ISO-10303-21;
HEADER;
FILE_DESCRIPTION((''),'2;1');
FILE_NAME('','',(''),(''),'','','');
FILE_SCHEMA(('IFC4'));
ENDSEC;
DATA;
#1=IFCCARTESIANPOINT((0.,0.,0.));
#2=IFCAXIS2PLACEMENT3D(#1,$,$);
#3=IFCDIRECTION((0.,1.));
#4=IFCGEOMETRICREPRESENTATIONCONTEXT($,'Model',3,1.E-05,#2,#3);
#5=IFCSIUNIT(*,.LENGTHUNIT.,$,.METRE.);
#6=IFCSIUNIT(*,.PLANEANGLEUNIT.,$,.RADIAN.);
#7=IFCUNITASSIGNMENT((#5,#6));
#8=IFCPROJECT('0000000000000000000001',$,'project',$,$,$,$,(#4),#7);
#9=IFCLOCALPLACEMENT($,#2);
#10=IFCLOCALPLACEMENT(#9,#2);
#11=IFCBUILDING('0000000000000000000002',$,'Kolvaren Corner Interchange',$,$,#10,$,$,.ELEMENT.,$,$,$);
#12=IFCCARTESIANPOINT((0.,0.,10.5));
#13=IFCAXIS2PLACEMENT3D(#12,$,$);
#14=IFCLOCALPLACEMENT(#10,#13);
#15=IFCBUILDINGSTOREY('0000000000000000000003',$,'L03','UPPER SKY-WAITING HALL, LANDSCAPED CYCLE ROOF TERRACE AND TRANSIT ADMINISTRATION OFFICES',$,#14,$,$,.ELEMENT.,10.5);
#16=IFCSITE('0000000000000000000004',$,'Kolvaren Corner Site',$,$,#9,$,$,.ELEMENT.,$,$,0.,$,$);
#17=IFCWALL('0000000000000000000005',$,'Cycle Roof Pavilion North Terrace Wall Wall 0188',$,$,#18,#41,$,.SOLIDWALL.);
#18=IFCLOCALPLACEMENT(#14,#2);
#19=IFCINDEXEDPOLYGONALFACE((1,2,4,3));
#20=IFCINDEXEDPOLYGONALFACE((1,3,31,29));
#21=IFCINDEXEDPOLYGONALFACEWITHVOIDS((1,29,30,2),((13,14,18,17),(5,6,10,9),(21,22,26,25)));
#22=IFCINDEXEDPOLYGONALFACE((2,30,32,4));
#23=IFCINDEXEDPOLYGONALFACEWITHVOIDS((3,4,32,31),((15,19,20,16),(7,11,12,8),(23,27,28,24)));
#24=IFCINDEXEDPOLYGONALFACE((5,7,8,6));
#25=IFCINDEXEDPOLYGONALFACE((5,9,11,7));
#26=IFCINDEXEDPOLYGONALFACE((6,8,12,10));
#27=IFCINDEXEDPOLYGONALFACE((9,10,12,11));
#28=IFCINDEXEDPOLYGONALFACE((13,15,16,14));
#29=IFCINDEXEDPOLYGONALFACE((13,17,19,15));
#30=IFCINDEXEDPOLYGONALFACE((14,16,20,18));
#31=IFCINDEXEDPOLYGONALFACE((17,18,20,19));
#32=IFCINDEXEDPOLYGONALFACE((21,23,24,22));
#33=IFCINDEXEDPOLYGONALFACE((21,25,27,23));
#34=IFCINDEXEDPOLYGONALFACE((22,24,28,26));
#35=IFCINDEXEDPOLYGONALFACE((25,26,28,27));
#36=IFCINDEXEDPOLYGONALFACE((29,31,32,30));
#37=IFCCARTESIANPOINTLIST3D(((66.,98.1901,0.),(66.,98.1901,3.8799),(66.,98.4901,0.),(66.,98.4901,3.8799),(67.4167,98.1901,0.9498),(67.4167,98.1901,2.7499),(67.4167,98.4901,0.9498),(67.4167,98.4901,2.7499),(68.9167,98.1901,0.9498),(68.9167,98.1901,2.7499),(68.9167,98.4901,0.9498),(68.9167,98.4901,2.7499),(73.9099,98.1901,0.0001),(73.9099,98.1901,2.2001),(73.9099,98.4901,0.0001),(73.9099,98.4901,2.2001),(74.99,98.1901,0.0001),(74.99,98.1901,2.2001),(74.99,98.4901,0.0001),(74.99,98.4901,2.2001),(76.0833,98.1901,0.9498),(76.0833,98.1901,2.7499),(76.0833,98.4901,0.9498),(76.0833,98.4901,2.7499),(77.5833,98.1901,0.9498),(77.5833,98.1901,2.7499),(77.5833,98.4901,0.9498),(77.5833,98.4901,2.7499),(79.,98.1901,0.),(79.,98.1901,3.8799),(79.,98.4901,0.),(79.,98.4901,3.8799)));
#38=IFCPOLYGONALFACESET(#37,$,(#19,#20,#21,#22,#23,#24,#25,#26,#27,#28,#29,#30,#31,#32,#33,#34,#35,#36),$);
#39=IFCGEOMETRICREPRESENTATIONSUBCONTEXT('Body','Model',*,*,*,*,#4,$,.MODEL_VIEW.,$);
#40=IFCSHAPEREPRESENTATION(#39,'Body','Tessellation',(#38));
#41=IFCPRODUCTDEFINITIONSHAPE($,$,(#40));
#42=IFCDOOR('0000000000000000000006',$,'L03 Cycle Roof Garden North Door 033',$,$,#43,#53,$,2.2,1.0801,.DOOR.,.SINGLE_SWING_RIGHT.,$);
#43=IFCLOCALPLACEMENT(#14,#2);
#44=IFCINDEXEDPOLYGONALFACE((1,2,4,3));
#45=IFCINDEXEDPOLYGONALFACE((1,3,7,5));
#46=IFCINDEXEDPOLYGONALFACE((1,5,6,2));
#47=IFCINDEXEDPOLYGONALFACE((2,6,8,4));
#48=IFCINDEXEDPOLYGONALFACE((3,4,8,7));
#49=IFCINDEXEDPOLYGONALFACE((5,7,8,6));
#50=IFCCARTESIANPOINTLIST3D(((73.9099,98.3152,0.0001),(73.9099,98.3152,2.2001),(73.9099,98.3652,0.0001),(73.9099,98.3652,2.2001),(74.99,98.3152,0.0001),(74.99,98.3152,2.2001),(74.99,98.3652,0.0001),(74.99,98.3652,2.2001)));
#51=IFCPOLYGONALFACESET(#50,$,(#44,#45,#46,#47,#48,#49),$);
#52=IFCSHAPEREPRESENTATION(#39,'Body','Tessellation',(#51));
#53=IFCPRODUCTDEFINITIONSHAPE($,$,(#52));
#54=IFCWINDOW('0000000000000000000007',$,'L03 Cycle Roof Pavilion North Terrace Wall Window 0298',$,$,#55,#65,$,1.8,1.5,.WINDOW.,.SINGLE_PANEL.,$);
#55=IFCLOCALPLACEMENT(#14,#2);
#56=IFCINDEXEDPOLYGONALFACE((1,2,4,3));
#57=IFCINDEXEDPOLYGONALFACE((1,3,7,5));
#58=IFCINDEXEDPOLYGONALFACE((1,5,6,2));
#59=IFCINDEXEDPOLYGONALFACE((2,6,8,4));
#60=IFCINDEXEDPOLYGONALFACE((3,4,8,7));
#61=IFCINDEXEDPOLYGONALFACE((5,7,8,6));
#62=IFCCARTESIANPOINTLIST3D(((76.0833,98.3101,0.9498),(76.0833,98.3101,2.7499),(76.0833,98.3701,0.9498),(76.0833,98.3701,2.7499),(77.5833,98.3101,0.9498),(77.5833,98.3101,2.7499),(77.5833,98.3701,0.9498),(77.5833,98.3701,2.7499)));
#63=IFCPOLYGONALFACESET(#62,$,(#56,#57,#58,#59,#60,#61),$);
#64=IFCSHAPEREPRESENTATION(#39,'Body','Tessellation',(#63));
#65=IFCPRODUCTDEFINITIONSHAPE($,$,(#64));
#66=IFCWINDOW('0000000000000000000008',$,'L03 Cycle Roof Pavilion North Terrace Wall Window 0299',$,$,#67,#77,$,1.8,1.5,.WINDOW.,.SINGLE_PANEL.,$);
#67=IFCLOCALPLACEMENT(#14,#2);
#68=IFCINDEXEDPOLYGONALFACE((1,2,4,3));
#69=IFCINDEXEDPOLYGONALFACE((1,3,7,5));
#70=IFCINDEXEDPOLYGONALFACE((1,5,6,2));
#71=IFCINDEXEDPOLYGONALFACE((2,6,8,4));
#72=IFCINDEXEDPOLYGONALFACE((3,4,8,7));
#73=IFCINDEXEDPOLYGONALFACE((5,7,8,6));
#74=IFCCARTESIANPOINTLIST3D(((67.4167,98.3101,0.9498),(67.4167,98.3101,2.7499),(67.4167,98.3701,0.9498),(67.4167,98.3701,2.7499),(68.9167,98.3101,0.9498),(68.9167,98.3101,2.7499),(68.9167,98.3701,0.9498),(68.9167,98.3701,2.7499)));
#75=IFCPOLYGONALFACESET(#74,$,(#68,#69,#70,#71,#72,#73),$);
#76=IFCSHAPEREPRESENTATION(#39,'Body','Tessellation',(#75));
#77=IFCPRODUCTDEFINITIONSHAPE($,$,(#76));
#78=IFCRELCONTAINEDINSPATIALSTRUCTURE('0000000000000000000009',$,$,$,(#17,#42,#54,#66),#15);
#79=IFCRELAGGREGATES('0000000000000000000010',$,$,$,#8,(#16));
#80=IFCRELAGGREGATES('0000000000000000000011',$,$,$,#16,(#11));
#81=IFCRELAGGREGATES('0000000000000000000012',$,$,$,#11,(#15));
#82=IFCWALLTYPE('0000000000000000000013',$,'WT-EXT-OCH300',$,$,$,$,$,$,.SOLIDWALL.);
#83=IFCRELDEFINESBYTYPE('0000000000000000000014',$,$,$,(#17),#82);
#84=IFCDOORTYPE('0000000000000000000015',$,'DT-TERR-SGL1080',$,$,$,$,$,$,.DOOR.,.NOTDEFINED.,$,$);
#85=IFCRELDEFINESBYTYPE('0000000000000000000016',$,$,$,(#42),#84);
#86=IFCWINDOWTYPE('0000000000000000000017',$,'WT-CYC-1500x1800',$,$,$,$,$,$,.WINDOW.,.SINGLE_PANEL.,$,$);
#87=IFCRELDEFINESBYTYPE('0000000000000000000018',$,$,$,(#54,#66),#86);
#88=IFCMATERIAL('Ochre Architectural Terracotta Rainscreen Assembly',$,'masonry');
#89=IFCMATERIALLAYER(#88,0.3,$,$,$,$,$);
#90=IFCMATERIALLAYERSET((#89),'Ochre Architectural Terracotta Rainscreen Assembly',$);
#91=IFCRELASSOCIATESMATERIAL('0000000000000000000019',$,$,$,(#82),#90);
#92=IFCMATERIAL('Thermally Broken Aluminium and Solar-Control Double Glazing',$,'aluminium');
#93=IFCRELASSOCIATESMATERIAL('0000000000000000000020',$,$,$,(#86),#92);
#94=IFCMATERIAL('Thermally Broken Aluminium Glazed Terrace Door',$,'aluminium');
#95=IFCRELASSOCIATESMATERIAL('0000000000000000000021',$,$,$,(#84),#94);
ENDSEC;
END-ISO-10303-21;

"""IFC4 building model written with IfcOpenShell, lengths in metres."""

from ifc_helpers import new_model, si_unit, direction, frame, frame_2d, origin, place, context, subcontext, project, spatial, rectangle, extrude, material, layer, layer_set, type_object, element, fill, save


model = new_model("IFC4")

# Units and contexts
model_context = context("Model", 3, precision=1e-05, world=origin(), true_north=direction((0.0, 1.0)))
body_context = subcontext(model_context, "Body", "Model", "MODEL_VIEW")
ifc_project = project(units=[si_unit("LENGTHUNIT", "METRE"), si_unit("PLANEANGLEUNIT", "RADIAN")], contexts=[model_context])

# Site, building, storey
site_placement = place(None, origin())
site = spatial("IfcSite", under=ifc_project, at=site_placement, Name="Kolvaren Corner Site", CompositionType="ELEMENT", RefElevation=0.0)
building_placement = place(site_placement, origin())
building = spatial("IfcBuilding", under=site, at=building_placement, Name="Kolvaren Corner Interchange", CompositionType="ELEMENT")
storey_placement = place(building_placement, frame((0.0, 0.0, 10.5)))
storey = spatial("IfcBuildingStorey", under=building, at=storey_placement, Name="L03", Description="UPPER SKY-WAITING HALL, LANDSCAPED CYCLE ROOF TERRACE AND TRANSIT ADMINISTRATION OFFICES", CompositionType="ELEMENT", Elevation=10.5)

# Wall, openings, door, windows
ifc_material_1 = material(Name="Ochre Architectural Terracotta Rainscreen Assembly", Category="masonry")
ifc_layer = layer(ifc_material_1, 0.3)
ifc_layer_set = layer_set([ifc_layer], Name="Ochre Architectural Terracotta Rainscreen Assembly")
wall_type = type_object("IfcWallType", Name="WT-EXT-OCH300", PredefinedType="SOLIDWALL", material=ifc_layer_set)
ifc_material_2 = material(Name="Thermally Broken Aluminium and Solar-Control Double Glazing", Category="aluminium")
window_type = type_object("IfcWindowType", Name="WT-CYC-1500x1800", PartitioningType="SINGLE_PANEL", PredefinedType="WINDOW", material=ifc_material_2)
wall_1_placement = place(storey_placement, frame((79.0, 98.3401, 0.0), z_axis=(0.0, 0.0, 1.0), x_axis=(-1.0, 0.0, 0.0)))
wall_1 = element("IfcWall", 1, at=wall_1_placement, inside=storey, type_object=wall_type, Name="Cycle Roof Pavilion North Terrace Wall Wall 0188", PredefinedType="SOLIDWALL", context=body_context, shape_type="SweptSolid", body=[
    extrude(rectangle(XDim=13.0, YDim=0.3, at=frame_2d((6.5, 0.0))), origin(), (0.0, 0.0, 1.0), 3.8799),
])
opening_1_placement = place(wall_1_placement, frame((4.01, 0.0, 0.0)))
opening_1 = element("IfcOpeningElement", 2, at=opening_1_placement, cuts=wall_1, PredefinedType="OPENING", context=body_context, shape_type="SweptSolid", body=[
    extrude(rectangle(XDim=1.0801, YDim=2.2, at=frame_2d((0.54, 1.1001))), frame((0.0, 0.1599, 0.0), z_axis=(0.0, -1.0, 0.0), x_axis=(1.0, 0.0, 0.0)), (0.0, 0.0, 1.0), 0.3201),
])
opening_2_placement = place(wall_1_placement, frame((1.4167, 0.0, 0.95)))
opening_2 = element("IfcOpeningElement", 3, at=opening_2_placement, cuts=wall_1, PredefinedType="OPENING", context=body_context, shape_type="SweptSolid", body=[
    extrude(rectangle(XDim=1.5, YDim=1.8, at=frame_2d((0.75, 0.8999))), frame((0.0, 0.1599, 0.0), z_axis=(0.0, -1.0, 0.0), x_axis=(1.0, 0.0, 0.0)), (0.0, 0.0, 1.0), 0.3201),
])
opening_3_placement = place(wall_1_placement, frame((10.0833, 0.0, 0.95)))
opening_3 = element("IfcOpeningElement", 4, at=opening_3_placement, cuts=wall_1, PredefinedType="OPENING", context=body_context, shape_type="SweptSolid", body=[
    extrude(rectangle(XDim=1.5, YDim=1.8, at=frame_2d((0.75, 0.8999))), frame((0.0, 0.1599, 0.0), z_axis=(0.0, -1.0, 0.0), x_axis=(1.0, 0.0, 0.0)), (0.0, 0.0, 1.0), 0.3201),
])
ifc_material_3 = material(Name="Thermally Broken Aluminium Glazed Terrace Door", Category="aluminium")
door_type_1 = type_object("IfcDoorType", Name="DT-TERR-SGL1080", OperationType="NOTDEFINED", PredefinedType="DOOR", material=ifc_material_3)
door_1_placement = place(opening_1_placement, origin())
door_1 = element("IfcDoor", 5, at=door_1_placement, inside=storey, type_object=door_type_1, Name="L03 Cycle Roof Garden North Door 033", OperationType="SINGLE_SWING_RIGHT", OverallHeight=2.2, OverallWidth=1.0801, PredefinedType="DOOR", context=body_context, shape_type="SweptSolid", body=[
    extrude(rectangle(XDim=1.0801, YDim=2.2, at=frame_2d((0.54, 1.1001))), frame((0.0, 0.0249, 0.0), z_axis=(0.0, -1.0, 0.0), x_axis=(1.0, 0.0, 0.0)), (0.0, 0.0, 1.0), 0.05),
])
fill(opening_1, door_1)
window_1_placement = place(opening_2_placement, origin())
window_1 = element("IfcWindow", 6, at=window_1_placement, inside=storey, type_object=window_type, Name="L03 Cycle Roof Pavilion North Terrace Wall Window 0298", OverallHeight=1.8, OverallWidth=1.5, PartitioningType="SINGLE_PANEL", PredefinedType="WINDOW", context=body_context, shape_type="SweptSolid", body=[
    extrude(rectangle(XDim=1.5, YDim=1.8, at=frame_2d((0.75, 0.8999))), frame((0.0, 0.03, 0.0), z_axis=(0.0, -1.0, 0.0), x_axis=(1.0, 0.0, 0.0)), (0.0, 0.0, 1.0), 0.0601),
])
fill(opening_2, window_1)
window_2_placement = place(opening_3_placement, origin())
window_2 = element("IfcWindow", 7, at=window_2_placement, inside=storey, type_object=window_type, Name="L03 Cycle Roof Pavilion North Terrace Wall Window 0299", OverallHeight=1.8, OverallWidth=1.5, PartitioningType="SINGLE_PANEL", PredefinedType="WINDOW", context=body_context, shape_type="SweptSolid", body=[
    extrude(rectangle(XDim=1.5, YDim=1.8, at=frame_2d((0.75, 0.8999))), frame((0.0, 0.03, 0.0), z_axis=(0.0, -1.0, 0.0), x_axis=(1.0, 0.0, 0.0)), (0.0, 0.0, 1.0), 0.0601),
])
fill(opening_3, window_2)

save(model, "model.ifc")
